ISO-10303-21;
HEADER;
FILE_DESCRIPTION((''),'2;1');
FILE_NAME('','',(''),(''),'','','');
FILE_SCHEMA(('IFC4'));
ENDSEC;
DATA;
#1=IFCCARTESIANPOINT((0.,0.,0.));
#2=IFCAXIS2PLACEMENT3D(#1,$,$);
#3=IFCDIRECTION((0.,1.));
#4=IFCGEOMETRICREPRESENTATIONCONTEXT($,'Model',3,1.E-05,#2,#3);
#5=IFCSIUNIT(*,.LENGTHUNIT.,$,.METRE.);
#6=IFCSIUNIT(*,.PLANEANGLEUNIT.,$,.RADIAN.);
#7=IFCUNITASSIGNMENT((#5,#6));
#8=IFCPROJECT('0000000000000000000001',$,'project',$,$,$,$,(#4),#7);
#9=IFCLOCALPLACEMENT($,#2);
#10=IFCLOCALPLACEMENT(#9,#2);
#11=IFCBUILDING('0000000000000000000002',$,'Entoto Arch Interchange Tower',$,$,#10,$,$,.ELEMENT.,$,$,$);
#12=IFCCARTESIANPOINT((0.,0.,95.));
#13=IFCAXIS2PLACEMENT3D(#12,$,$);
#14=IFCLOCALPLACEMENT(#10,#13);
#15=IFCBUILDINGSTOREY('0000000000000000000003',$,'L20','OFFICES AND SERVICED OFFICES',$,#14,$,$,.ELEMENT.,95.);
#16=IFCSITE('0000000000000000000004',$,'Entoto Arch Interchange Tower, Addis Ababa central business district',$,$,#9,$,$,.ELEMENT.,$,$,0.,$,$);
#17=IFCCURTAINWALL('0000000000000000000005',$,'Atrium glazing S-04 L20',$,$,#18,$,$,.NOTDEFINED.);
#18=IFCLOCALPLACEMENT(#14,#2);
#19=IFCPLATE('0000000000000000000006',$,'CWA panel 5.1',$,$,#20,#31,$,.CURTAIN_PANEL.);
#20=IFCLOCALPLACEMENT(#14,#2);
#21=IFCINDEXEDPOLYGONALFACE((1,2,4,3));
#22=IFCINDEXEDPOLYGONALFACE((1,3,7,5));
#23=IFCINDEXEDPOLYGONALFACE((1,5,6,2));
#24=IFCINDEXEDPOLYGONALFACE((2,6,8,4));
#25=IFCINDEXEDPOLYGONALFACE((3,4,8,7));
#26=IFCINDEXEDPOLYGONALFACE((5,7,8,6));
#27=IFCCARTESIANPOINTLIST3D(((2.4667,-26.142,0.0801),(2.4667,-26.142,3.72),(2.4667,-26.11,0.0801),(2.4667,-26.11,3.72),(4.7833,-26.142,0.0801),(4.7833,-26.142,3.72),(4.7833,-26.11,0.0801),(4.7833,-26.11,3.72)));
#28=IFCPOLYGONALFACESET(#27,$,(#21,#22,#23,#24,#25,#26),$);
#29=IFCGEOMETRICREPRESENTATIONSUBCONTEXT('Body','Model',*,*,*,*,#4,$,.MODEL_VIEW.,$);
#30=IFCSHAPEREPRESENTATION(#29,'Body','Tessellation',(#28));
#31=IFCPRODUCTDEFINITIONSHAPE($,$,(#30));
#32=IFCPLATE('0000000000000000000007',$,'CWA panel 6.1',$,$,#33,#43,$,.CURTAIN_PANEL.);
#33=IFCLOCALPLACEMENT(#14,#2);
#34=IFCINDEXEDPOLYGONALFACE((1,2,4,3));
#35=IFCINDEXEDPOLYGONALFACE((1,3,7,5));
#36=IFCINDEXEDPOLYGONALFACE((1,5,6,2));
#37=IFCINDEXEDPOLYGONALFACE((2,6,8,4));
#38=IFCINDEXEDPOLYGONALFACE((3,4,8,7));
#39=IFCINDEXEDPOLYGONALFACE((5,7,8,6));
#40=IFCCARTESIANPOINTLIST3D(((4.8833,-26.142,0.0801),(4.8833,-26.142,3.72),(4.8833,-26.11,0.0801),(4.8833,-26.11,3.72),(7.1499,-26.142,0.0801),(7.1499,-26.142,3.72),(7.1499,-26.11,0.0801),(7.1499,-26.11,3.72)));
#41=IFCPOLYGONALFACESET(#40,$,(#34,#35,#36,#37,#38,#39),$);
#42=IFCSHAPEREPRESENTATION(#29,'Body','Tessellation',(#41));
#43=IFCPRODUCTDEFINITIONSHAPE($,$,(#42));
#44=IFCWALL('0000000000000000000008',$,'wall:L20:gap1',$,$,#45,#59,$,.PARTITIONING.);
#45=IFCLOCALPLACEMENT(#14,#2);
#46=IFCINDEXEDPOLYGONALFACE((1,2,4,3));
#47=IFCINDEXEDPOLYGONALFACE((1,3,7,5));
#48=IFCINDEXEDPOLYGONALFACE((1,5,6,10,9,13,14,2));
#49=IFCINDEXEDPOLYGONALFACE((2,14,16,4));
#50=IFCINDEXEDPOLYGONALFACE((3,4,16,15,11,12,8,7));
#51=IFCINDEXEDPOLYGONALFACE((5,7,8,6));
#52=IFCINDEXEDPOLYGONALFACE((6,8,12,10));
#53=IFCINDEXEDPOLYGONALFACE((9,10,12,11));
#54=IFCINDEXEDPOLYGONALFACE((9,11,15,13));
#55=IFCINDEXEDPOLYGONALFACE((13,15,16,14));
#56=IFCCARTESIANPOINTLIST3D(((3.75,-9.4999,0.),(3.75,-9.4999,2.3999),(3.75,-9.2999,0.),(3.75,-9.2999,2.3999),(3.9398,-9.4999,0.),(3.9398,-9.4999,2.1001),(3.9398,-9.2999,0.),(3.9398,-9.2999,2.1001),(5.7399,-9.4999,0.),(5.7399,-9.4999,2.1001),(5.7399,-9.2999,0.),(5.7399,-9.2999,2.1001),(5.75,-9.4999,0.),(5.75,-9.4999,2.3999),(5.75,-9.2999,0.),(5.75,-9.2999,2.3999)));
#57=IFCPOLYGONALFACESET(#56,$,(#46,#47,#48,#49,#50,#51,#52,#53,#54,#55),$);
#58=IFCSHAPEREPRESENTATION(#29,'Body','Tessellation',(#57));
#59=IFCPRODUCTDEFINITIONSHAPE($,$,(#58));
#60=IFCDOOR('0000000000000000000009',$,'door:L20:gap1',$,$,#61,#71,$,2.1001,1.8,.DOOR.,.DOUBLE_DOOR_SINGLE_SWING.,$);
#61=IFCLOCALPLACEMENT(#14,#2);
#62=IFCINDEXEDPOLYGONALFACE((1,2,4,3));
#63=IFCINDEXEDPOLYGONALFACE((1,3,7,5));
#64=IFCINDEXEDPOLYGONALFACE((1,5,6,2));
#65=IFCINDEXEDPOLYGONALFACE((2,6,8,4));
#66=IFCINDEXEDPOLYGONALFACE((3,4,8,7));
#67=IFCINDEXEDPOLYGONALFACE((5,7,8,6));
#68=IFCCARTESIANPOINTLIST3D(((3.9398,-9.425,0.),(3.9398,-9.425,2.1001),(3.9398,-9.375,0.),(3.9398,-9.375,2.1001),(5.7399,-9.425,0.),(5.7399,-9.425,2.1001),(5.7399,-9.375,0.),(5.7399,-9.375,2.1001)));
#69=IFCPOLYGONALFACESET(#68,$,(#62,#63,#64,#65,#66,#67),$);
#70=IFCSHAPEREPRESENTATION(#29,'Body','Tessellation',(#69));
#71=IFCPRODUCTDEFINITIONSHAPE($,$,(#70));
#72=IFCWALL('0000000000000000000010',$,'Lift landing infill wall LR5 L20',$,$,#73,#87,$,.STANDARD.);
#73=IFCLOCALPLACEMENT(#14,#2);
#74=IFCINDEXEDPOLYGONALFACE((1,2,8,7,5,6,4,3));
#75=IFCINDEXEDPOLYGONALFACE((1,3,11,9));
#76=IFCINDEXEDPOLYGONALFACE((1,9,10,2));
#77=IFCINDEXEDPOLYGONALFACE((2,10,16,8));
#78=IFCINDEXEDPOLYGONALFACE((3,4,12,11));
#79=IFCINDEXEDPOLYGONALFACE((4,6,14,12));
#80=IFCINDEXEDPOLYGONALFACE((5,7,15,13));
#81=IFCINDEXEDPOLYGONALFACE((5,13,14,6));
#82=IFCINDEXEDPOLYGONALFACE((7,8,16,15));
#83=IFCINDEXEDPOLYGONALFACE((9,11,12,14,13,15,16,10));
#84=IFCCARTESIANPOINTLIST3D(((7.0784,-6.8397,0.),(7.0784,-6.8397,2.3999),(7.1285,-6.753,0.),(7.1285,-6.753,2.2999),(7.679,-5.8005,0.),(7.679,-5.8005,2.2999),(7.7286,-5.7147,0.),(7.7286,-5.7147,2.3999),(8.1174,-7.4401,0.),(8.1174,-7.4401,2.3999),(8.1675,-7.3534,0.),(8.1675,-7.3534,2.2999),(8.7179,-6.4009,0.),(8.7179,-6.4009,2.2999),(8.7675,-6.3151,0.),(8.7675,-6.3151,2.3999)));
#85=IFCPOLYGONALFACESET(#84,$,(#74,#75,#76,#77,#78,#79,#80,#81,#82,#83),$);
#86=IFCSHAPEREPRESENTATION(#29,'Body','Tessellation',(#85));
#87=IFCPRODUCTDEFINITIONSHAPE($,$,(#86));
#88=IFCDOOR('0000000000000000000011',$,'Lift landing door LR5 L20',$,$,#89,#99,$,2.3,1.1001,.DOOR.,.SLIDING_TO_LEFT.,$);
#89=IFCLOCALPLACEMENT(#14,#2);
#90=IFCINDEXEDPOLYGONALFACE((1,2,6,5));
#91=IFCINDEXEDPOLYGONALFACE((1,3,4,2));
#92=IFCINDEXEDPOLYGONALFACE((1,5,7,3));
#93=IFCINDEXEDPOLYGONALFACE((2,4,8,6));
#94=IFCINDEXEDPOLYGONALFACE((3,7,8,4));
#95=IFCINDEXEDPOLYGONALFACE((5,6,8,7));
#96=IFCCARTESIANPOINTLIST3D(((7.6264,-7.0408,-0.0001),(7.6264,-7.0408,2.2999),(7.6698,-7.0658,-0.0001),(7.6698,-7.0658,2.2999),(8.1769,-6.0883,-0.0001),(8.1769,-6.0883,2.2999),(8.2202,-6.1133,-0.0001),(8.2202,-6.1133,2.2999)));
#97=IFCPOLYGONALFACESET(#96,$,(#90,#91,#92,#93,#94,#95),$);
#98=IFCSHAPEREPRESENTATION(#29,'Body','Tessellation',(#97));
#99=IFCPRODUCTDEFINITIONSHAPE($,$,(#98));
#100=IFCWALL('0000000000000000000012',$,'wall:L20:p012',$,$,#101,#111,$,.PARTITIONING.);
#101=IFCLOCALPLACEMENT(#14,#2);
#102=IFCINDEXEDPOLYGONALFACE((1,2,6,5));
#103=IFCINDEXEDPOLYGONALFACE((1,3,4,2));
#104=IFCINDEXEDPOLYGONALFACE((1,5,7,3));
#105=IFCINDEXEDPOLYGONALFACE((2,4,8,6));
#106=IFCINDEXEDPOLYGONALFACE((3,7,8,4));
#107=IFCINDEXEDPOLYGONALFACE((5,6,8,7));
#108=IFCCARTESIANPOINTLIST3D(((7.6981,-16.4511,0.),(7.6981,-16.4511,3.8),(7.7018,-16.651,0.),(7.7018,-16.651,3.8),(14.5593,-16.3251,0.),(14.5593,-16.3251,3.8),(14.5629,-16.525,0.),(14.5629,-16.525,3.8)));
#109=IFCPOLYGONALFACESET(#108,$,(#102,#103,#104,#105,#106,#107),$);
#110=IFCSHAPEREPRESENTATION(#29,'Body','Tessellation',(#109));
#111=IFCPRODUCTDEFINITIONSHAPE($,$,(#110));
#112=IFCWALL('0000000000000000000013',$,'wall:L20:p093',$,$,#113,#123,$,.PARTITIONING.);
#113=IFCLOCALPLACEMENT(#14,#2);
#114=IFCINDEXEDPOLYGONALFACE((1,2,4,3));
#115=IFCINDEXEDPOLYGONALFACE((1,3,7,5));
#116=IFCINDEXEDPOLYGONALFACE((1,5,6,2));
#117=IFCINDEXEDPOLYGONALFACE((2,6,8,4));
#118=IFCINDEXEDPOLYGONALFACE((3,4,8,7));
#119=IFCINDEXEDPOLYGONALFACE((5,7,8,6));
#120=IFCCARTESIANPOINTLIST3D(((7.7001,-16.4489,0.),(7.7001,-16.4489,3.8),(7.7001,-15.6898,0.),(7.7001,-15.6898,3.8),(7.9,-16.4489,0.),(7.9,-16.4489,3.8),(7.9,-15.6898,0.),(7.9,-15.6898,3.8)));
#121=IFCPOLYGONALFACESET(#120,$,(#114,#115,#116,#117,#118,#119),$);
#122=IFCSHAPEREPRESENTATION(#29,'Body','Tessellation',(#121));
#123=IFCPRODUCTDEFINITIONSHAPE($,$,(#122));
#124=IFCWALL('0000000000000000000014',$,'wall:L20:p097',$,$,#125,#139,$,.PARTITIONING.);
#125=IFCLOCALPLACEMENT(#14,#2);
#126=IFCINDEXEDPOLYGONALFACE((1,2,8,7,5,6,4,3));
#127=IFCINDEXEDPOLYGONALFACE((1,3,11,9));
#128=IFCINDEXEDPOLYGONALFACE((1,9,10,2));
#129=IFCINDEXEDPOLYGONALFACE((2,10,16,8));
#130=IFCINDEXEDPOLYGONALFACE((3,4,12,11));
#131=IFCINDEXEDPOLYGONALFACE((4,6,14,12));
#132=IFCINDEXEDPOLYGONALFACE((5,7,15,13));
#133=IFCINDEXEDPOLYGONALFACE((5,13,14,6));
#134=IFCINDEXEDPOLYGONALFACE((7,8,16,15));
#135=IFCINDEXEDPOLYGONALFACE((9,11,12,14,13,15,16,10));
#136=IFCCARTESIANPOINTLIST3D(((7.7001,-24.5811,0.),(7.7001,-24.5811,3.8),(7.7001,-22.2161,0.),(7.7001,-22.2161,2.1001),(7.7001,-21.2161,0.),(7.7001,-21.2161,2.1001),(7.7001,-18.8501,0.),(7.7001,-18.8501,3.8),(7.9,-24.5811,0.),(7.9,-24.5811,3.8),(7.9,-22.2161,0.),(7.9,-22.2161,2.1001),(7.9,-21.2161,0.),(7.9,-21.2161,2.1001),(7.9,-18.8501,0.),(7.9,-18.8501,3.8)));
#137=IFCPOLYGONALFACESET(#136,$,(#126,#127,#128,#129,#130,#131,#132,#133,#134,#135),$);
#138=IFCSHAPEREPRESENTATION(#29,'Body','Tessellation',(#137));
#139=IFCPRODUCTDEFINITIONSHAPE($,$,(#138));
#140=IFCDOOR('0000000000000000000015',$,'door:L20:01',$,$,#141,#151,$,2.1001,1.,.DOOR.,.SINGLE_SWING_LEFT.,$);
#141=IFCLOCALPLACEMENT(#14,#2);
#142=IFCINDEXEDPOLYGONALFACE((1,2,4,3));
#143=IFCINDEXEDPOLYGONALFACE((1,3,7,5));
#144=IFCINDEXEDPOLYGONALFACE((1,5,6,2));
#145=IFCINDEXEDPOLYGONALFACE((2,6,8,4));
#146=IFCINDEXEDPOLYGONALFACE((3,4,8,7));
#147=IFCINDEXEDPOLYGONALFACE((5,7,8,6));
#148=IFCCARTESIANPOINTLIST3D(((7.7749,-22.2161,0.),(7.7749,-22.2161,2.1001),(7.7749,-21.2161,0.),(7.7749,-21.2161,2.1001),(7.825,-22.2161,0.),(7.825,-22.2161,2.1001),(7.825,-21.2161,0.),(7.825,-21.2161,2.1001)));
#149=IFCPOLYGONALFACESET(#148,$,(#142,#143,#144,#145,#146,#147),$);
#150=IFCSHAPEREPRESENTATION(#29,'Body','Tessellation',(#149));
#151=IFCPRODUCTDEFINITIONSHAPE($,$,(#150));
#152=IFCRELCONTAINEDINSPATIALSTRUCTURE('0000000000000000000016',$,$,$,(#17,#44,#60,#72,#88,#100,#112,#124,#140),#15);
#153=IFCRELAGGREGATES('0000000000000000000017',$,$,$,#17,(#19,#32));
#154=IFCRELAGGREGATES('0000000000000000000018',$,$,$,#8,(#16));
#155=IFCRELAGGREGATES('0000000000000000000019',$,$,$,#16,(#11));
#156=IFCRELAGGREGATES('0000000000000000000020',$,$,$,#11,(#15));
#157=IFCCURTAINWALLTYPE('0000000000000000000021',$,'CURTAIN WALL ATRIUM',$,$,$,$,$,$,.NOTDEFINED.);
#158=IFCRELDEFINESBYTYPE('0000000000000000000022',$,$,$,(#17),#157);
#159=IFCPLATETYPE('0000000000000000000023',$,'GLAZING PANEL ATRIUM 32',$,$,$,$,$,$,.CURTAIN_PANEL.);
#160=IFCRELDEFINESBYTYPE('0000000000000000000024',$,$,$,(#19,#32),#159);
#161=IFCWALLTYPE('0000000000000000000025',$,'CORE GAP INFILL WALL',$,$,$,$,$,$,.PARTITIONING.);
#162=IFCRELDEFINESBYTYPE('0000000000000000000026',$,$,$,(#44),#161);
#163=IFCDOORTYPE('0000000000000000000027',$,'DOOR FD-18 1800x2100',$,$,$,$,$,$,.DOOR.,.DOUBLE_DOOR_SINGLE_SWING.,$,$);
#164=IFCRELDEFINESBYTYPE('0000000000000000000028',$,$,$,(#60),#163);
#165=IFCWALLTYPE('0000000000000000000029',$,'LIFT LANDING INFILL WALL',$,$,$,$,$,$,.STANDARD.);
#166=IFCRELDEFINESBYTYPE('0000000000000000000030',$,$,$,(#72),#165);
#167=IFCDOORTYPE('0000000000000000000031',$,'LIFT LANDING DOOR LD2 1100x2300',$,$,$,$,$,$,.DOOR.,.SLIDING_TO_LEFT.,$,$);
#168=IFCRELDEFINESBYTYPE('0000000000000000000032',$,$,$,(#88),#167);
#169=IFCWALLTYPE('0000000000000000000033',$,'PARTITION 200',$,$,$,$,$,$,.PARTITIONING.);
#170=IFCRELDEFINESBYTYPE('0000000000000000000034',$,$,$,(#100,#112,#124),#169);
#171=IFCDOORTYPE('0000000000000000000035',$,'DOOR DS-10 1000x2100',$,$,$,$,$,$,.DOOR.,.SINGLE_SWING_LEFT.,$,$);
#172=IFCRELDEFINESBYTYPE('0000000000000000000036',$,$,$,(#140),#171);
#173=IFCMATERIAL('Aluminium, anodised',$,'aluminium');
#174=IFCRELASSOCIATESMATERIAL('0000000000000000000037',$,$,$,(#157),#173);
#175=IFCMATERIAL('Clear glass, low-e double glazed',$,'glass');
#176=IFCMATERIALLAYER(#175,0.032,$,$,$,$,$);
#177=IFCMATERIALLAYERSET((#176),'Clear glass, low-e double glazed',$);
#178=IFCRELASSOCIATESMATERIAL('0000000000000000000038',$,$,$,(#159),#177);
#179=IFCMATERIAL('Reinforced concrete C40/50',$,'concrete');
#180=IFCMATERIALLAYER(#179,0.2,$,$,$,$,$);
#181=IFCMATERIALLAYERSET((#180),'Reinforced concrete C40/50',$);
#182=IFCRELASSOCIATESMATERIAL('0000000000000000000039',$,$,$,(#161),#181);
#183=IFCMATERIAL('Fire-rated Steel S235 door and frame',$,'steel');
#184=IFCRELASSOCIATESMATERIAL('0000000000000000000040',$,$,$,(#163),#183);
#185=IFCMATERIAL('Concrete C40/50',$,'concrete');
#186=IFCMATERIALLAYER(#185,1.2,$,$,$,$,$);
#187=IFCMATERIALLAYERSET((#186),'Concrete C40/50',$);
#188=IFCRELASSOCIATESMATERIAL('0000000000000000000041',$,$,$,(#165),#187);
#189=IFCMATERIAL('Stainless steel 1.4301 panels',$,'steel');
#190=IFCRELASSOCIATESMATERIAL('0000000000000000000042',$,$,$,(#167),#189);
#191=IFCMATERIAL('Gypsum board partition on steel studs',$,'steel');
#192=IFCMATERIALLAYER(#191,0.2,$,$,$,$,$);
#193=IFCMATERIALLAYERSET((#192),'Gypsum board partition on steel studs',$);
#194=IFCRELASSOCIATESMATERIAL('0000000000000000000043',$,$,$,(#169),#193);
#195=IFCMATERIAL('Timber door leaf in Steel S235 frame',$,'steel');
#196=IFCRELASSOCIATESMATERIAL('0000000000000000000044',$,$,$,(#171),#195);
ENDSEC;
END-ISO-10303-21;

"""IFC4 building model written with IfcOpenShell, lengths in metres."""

from ifc_helpers import new_model, si_unit, direction, frame, frame_2d, origin, origin_2d, place, context, subcontext, project, spatial, rectangle, extrude, material, layer, layer_set, type_object, element, fill, aggregate, save


model = new_model("IFC4")

# Units and contexts
model_context = context("Model", 3, precision=1e-05, world=origin(), true_north=direction((0.0, 1.0)))
body_context = subcontext(model_context, "Body", "Model", "MODEL_VIEW")
ifc_project = project(units=[si_unit("LENGTHUNIT", "METRE"), si_unit("PLANEANGLEUNIT", "RADIAN")], contexts=[model_context])

# Site, building, storey
site_placement = place(None, origin())
site = spatial("IfcSite", under=ifc_project, at=site_placement, Name="Entoto Arch Interchange Tower, Addis Ababa central business district", CompositionType="ELEMENT", RefElevation=0.0)
building_placement = place(site_placement, origin())
building = spatial("IfcBuilding", under=site, at=building_placement, Name="Entoto Arch Interchange Tower", CompositionType="ELEMENT")
storey_placement = place(building_placement, frame((0.0, 0.0, 95.0)))
storey = spatial("IfcBuildingStorey", under=building, at=storey_placement, Name="L20", Description="OFFICES AND SERVICED OFFICES", CompositionType="ELEMENT", Elevation=95.0)

# Curtain wall, plates
ifc_material_1 = material(Name="Aluminium, anodised", Category="aluminium")
curtain_wall_type = type_object("IfcCurtainWallType", Name="CURTAIN WALL ATRIUM", PredefinedType="NOTDEFINED", material=ifc_material_1)
curtain_wall_placement = place(storey_placement, origin())
curtain_wall = element("IfcCurtainWall", 1, at=curtain_wall_placement, inside=storey, type_object=curtain_wall_type, Name="Atrium glazing S-04 L20", PredefinedType="NOTDEFINED")
ifc_material_2 = material(Name="Clear glass, low-e double glazed", Category="glass")
ifc_layer_1 = layer(ifc_material_2, 0.032)
ifc_layer_set_1 = layer_set([ifc_layer_1], Name="Clear glass, low-e double glazed")
plate_type = type_object("IfcPlateType", Name="GLAZING PANEL ATRIUM 32", PredefinedType="CURTAIN_PANEL", material=ifc_layer_set_1)
plate_1_placement = place(storey_placement, frame((3.625, -26.126, 0.0801), z_axis=(0.0, 0.0, 1.0), x_axis=(1.0, 0.0, 0.0)))
plate_1 = element("IfcPlate", 2, at=plate_1_placement, type_object=plate_type, Name="CWA panel 5.1", PredefinedType="CURTAIN_PANEL", context=body_context, shape_type="SweptSolid", body=[
    extrude(rectangle(XDim=2.3167, YDim=0.032, at=origin_2d()), origin(), (0.0, 0.0, 1.0), 3.6399),
])
plate_2_placement = place(storey_placement, frame((6.0166, -26.126, 0.0801), z_axis=(0.0, 0.0, 1.0), x_axis=(1.0, 0.0, 0.0)))
plate_2 = element("IfcPlate", 3, at=plate_2_placement, type_object=plate_type, Name="CWA panel 6.1", PredefinedType="CURTAIN_PANEL", context=body_context, shape_type="SweptSolid", body=[
    extrude(rectangle(XDim=2.2666, YDim=0.032, at=origin_2d()), origin(), (0.0, 0.0, 1.0), 3.6399),
])
aggregate(curtain_wall, [plate_1, plate_2])

# Walls, openings, doors
ifc_material_3 = material(Name="Reinforced concrete C40/50", Category="concrete")
ifc_layer_2 = layer(ifc_material_3, 0.2)
ifc_layer_set_2 = layer_set([ifc_layer_2], Name="Reinforced concrete C40/50")
wall_type_1 = type_object("IfcWallType", Name="CORE GAP INFILL WALL", PredefinedType="PARTITIONING", material=ifc_layer_set_2)
wall_1_placement = place(storey_placement, frame((3.75, -9.3999, 0.0), z_axis=(0.0, 0.0, 1.0), x_axis=(1.0, 0.0, 0.0)))
wall_1 = element("IfcWall", 4, at=wall_1_placement, inside=storey, type_object=wall_type_1, Name="wall:L20:gap1", PredefinedType="PARTITIONING", context=body_context, shape_type="SweptSolid", body=[
    extrude(rectangle(XDim=2.0, YDim=0.2, at=frame_2d((1.0, 0.0))), origin(), (0.0, 0.0, 1.0), 2.3999),
])
opening_1_placement = place(wall_1_placement, frame((0.1899, 0.0, 0.0)))
opening_1 = element("IfcOpeningElement", 5, at=opening_1_placement, cuts=wall_1, PredefinedType="OPENING", context=body_context, shape_type="SweptSolid", body=[
    extrude(rectangle(XDim=1.8, YDim=2.1001, at=frame_2d((0.8999, 1.05))), frame((0.0, 0.1099, 0.0), z_axis=(0.0, -1.0, 0.0), x_axis=(1.0, 0.0, 0.0)), (0.0, 0.0, 1.0), 0.22),
])
ifc_material_4 = material(Name="Fire-rated Steel S235 door and frame", Category="steel")
door_type_1 = type_object("IfcDoorType", Name="DOOR FD-18 1800x2100", OperationType="DOUBLE_DOOR_SINGLE_SWING", PredefinedType="DOOR", material=ifc_material_4)
door_1_placement = place(opening_1_placement, origin())
door_1 = element("IfcDoor", 6, at=door_1_placement, inside=storey, type_object=door_type_1, Name="door:L20:gap1", OperationType="DOUBLE_DOOR_SINGLE_SWING", OverallHeight=2.1001, OverallWidth=1.8, PredefinedType="DOOR", context=body_context, shape_type="SweptSolid", body=[
    extrude(rectangle(XDim=1.8, YDim=2.1001, at=frame_2d((0.8999, 1.05))), frame((0.0, 0.0249, 0.0), z_axis=(0.0, -1.0, 0.0), x_axis=(1.0, 0.0, 0.0)), (0.0, 0.0, 1.0), 0.05),
])
fill(opening_1, door_1)
ifc_material_5 = material(Name="Concrete C40/50", Category="concrete")
ifc_layer_3 = layer(ifc_material_5, 1.2)
ifc_layer_set_3 = layer_set([ifc_layer_3], Name="Concrete C40/50")
wall_type_2 = type_object("IfcWallType", Name="LIFT LANDING INFILL WALL", PredefinedType="STANDARD", material=ifc_layer_set_3)
wall_2_placement = place(storey_placement, frame((7.5979, -7.1399, 0.0), z_axis=(0.0, 0.0, 1.0), x_axis=(0.500362, 0.865816, 0.0)))
wall_2 = element("IfcWall", 7, at=wall_2_placement, inside=storey, type_object=wall_type_2, Name="Lift landing infill wall LR5 L20", PredefinedType="STANDARD", context=body_context, shape_type="SweptSolid", body=[
    extrude(rectangle(XDim=1.2993, YDim=1.2, at=frame_2d((0.6497, 0.0))), origin(), (0.0, 0.0, 1.0), 2.3999),
])
opening_2_placement = place(wall_2_placement, frame((0.1001, 0.0, 0.0)))
opening_2 = element("IfcOpeningElement", 8, at=opening_2_placement, cuts=wall_2, PredefinedType="OPENING", context=body_context, shape_type="SweptSolid", body=[
    extrude(rectangle(XDim=1.1001, YDim=2.3, at=frame_2d((0.55, 1.1499))), frame((0.0, 0.6099, 0.0), z_axis=(0.0, -1.0, 0.0), x_axis=(1.0, 0.0, 0.0)), (0.0, 0.0, 1.0), 1.22),
])
ifc_material_6 = material(Name="Stainless steel 1.4301 panels", Category="steel")
door_type_2 = type_object("IfcDoorType", Name="LIFT LANDING DOOR LD2 1100x2300", OperationType="SLIDING_TO_LEFT", PredefinedType="DOOR", material=ifc_material_6)
door_2_placement = place(opening_2_placement, origin())
door_2 = element("IfcDoor", 9, at=door_2_placement, inside=storey, type_object=door_type_2, Name="Lift landing door LR5 L20", OperationType="SLIDING_TO_LEFT", OverallHeight=2.3, OverallWidth=1.1001, PredefinedType="DOOR", context=body_context, shape_type="SweptSolid", body=[
    extrude(rectangle(XDim=1.1001, YDim=2.3, at=frame_2d((0.55, 1.1499))), frame((0.0, 0.0249, 0.0), z_axis=(0.0, -1.0, 0.0), x_axis=(1.0, 0.0, 0.0)), (0.0, 0.0, 1.0), 0.05),
])
fill(opening_2, door_2)

# Walls
ifc_material_7 = material(Name="Gypsum board partition on steel studs", Category="steel")
ifc_layer_4 = layer(ifc_material_7, 0.2)
ifc_layer_set_4 = layer_set([ifc_layer_4], Name="Gypsum board partition on steel studs")
wall_type_3 = type_object("IfcWallType", Name="PARTITION 200", PredefinedType="PARTITIONING", material=ifc_layer_set_4)
wall_3_placement = place(storey_placement, frame((7.7, -16.551, 0.0), z_axis=(0.0, 0.0, 1.0), x_axis=(0.999831, 0.018358, 0.0)))
element("IfcWall", 10, at=wall_3_placement, inside=storey, type_object=wall_type_3, Name="wall:L20:p012", PredefinedType="PARTITIONING", context=body_context, shape_type="SweptSolid", body=[
    extrude(rectangle(XDim=6.8623, YDim=0.2, at=frame_2d((3.4312, 0.0))), origin(), (0.0, 0.0, 1.0), 3.8),
])
wall_4_placement = place(storey_placement, frame((7.8, -15.6899, 0.0), z_axis=(0.0, 0.0, 1.0), x_axis=(0.0, -1.0, 0.0)))
element("IfcWall", 11, at=wall_4_placement, inside=storey, type_object=wall_type_3, Name="wall:L20:p093", PredefinedType="PARTITIONING", context=body_context, shape_type="SweptSolid", body=[
    extrude(rectangle(XDim=0.759, YDim=0.2, at=frame_2d((0.3794, 0.0))), origin(), (0.0, 0.0, 1.0), 3.8),
])

# Wall, opening, door
wall_5_placement = place(storey_placement, frame((7.8, -18.8501, 0.0), z_axis=(0.0, 0.0, 1.0), x_axis=(0.0, -1.0, 0.0)))
wall_5 = element("IfcWall", 12, at=wall_5_placement, inside=storey, type_object=wall_type_3, Name="wall:L20:p097", PredefinedType="PARTITIONING", context=body_context, shape_type="SweptSolid", body=[
    extrude(rectangle(XDim=5.731, YDim=0.2, at=frame_2d((2.8655, 0.0))), origin(), (0.0, 0.0, 1.0), 3.8),
])
opening_3_placement = place(wall_5_placement, frame((2.366, 0.0, 0.0)))
opening_3 = element("IfcOpeningElement", 13, at=opening_3_placement, cuts=wall_5, PredefinedType="OPENING", context=body_context, shape_type="SweptSolid", body=[
    extrude(rectangle(XDim=1.0, YDim=2.1001, at=frame_2d((0.5, 1.05))), frame((0.0, 0.1099, 0.0), z_axis=(0.0, -1.0, 0.0), x_axis=(1.0, 0.0, 0.0)), (0.0, 0.0, 1.0), 0.22),
])
ifc_material_8 = material(Name="Timber door leaf in Steel S235 frame", Category="steel")
door_type_3 = type_object("IfcDoorType", Name="DOOR DS-10 1000x2100", OperationType="SINGLE_SWING_LEFT", PredefinedType="DOOR", material=ifc_material_8)
door_3_placement = place(opening_3_placement, origin())
door_3 = element("IfcDoor", 14, at=door_3_placement, inside=storey, type_object=door_type_3, Name="door:L20:01", OperationType="SINGLE_SWING_LEFT", OverallHeight=2.1001, OverallWidth=1.0, PredefinedType="DOOR", context=body_context, shape_type="SweptSolid", body=[
    extrude(rectangle(XDim=1.0, YDim=2.1001, at=frame_2d((0.5, 1.05))), frame((0.0, 0.0249, 0.0), z_axis=(0.0, -1.0, 0.0), x_axis=(1.0, 0.0, 0.0)), (0.0, 0.0, 1.0), 0.05),
])
fill(opening_3, door_3)

save(model, "model.ifc")
